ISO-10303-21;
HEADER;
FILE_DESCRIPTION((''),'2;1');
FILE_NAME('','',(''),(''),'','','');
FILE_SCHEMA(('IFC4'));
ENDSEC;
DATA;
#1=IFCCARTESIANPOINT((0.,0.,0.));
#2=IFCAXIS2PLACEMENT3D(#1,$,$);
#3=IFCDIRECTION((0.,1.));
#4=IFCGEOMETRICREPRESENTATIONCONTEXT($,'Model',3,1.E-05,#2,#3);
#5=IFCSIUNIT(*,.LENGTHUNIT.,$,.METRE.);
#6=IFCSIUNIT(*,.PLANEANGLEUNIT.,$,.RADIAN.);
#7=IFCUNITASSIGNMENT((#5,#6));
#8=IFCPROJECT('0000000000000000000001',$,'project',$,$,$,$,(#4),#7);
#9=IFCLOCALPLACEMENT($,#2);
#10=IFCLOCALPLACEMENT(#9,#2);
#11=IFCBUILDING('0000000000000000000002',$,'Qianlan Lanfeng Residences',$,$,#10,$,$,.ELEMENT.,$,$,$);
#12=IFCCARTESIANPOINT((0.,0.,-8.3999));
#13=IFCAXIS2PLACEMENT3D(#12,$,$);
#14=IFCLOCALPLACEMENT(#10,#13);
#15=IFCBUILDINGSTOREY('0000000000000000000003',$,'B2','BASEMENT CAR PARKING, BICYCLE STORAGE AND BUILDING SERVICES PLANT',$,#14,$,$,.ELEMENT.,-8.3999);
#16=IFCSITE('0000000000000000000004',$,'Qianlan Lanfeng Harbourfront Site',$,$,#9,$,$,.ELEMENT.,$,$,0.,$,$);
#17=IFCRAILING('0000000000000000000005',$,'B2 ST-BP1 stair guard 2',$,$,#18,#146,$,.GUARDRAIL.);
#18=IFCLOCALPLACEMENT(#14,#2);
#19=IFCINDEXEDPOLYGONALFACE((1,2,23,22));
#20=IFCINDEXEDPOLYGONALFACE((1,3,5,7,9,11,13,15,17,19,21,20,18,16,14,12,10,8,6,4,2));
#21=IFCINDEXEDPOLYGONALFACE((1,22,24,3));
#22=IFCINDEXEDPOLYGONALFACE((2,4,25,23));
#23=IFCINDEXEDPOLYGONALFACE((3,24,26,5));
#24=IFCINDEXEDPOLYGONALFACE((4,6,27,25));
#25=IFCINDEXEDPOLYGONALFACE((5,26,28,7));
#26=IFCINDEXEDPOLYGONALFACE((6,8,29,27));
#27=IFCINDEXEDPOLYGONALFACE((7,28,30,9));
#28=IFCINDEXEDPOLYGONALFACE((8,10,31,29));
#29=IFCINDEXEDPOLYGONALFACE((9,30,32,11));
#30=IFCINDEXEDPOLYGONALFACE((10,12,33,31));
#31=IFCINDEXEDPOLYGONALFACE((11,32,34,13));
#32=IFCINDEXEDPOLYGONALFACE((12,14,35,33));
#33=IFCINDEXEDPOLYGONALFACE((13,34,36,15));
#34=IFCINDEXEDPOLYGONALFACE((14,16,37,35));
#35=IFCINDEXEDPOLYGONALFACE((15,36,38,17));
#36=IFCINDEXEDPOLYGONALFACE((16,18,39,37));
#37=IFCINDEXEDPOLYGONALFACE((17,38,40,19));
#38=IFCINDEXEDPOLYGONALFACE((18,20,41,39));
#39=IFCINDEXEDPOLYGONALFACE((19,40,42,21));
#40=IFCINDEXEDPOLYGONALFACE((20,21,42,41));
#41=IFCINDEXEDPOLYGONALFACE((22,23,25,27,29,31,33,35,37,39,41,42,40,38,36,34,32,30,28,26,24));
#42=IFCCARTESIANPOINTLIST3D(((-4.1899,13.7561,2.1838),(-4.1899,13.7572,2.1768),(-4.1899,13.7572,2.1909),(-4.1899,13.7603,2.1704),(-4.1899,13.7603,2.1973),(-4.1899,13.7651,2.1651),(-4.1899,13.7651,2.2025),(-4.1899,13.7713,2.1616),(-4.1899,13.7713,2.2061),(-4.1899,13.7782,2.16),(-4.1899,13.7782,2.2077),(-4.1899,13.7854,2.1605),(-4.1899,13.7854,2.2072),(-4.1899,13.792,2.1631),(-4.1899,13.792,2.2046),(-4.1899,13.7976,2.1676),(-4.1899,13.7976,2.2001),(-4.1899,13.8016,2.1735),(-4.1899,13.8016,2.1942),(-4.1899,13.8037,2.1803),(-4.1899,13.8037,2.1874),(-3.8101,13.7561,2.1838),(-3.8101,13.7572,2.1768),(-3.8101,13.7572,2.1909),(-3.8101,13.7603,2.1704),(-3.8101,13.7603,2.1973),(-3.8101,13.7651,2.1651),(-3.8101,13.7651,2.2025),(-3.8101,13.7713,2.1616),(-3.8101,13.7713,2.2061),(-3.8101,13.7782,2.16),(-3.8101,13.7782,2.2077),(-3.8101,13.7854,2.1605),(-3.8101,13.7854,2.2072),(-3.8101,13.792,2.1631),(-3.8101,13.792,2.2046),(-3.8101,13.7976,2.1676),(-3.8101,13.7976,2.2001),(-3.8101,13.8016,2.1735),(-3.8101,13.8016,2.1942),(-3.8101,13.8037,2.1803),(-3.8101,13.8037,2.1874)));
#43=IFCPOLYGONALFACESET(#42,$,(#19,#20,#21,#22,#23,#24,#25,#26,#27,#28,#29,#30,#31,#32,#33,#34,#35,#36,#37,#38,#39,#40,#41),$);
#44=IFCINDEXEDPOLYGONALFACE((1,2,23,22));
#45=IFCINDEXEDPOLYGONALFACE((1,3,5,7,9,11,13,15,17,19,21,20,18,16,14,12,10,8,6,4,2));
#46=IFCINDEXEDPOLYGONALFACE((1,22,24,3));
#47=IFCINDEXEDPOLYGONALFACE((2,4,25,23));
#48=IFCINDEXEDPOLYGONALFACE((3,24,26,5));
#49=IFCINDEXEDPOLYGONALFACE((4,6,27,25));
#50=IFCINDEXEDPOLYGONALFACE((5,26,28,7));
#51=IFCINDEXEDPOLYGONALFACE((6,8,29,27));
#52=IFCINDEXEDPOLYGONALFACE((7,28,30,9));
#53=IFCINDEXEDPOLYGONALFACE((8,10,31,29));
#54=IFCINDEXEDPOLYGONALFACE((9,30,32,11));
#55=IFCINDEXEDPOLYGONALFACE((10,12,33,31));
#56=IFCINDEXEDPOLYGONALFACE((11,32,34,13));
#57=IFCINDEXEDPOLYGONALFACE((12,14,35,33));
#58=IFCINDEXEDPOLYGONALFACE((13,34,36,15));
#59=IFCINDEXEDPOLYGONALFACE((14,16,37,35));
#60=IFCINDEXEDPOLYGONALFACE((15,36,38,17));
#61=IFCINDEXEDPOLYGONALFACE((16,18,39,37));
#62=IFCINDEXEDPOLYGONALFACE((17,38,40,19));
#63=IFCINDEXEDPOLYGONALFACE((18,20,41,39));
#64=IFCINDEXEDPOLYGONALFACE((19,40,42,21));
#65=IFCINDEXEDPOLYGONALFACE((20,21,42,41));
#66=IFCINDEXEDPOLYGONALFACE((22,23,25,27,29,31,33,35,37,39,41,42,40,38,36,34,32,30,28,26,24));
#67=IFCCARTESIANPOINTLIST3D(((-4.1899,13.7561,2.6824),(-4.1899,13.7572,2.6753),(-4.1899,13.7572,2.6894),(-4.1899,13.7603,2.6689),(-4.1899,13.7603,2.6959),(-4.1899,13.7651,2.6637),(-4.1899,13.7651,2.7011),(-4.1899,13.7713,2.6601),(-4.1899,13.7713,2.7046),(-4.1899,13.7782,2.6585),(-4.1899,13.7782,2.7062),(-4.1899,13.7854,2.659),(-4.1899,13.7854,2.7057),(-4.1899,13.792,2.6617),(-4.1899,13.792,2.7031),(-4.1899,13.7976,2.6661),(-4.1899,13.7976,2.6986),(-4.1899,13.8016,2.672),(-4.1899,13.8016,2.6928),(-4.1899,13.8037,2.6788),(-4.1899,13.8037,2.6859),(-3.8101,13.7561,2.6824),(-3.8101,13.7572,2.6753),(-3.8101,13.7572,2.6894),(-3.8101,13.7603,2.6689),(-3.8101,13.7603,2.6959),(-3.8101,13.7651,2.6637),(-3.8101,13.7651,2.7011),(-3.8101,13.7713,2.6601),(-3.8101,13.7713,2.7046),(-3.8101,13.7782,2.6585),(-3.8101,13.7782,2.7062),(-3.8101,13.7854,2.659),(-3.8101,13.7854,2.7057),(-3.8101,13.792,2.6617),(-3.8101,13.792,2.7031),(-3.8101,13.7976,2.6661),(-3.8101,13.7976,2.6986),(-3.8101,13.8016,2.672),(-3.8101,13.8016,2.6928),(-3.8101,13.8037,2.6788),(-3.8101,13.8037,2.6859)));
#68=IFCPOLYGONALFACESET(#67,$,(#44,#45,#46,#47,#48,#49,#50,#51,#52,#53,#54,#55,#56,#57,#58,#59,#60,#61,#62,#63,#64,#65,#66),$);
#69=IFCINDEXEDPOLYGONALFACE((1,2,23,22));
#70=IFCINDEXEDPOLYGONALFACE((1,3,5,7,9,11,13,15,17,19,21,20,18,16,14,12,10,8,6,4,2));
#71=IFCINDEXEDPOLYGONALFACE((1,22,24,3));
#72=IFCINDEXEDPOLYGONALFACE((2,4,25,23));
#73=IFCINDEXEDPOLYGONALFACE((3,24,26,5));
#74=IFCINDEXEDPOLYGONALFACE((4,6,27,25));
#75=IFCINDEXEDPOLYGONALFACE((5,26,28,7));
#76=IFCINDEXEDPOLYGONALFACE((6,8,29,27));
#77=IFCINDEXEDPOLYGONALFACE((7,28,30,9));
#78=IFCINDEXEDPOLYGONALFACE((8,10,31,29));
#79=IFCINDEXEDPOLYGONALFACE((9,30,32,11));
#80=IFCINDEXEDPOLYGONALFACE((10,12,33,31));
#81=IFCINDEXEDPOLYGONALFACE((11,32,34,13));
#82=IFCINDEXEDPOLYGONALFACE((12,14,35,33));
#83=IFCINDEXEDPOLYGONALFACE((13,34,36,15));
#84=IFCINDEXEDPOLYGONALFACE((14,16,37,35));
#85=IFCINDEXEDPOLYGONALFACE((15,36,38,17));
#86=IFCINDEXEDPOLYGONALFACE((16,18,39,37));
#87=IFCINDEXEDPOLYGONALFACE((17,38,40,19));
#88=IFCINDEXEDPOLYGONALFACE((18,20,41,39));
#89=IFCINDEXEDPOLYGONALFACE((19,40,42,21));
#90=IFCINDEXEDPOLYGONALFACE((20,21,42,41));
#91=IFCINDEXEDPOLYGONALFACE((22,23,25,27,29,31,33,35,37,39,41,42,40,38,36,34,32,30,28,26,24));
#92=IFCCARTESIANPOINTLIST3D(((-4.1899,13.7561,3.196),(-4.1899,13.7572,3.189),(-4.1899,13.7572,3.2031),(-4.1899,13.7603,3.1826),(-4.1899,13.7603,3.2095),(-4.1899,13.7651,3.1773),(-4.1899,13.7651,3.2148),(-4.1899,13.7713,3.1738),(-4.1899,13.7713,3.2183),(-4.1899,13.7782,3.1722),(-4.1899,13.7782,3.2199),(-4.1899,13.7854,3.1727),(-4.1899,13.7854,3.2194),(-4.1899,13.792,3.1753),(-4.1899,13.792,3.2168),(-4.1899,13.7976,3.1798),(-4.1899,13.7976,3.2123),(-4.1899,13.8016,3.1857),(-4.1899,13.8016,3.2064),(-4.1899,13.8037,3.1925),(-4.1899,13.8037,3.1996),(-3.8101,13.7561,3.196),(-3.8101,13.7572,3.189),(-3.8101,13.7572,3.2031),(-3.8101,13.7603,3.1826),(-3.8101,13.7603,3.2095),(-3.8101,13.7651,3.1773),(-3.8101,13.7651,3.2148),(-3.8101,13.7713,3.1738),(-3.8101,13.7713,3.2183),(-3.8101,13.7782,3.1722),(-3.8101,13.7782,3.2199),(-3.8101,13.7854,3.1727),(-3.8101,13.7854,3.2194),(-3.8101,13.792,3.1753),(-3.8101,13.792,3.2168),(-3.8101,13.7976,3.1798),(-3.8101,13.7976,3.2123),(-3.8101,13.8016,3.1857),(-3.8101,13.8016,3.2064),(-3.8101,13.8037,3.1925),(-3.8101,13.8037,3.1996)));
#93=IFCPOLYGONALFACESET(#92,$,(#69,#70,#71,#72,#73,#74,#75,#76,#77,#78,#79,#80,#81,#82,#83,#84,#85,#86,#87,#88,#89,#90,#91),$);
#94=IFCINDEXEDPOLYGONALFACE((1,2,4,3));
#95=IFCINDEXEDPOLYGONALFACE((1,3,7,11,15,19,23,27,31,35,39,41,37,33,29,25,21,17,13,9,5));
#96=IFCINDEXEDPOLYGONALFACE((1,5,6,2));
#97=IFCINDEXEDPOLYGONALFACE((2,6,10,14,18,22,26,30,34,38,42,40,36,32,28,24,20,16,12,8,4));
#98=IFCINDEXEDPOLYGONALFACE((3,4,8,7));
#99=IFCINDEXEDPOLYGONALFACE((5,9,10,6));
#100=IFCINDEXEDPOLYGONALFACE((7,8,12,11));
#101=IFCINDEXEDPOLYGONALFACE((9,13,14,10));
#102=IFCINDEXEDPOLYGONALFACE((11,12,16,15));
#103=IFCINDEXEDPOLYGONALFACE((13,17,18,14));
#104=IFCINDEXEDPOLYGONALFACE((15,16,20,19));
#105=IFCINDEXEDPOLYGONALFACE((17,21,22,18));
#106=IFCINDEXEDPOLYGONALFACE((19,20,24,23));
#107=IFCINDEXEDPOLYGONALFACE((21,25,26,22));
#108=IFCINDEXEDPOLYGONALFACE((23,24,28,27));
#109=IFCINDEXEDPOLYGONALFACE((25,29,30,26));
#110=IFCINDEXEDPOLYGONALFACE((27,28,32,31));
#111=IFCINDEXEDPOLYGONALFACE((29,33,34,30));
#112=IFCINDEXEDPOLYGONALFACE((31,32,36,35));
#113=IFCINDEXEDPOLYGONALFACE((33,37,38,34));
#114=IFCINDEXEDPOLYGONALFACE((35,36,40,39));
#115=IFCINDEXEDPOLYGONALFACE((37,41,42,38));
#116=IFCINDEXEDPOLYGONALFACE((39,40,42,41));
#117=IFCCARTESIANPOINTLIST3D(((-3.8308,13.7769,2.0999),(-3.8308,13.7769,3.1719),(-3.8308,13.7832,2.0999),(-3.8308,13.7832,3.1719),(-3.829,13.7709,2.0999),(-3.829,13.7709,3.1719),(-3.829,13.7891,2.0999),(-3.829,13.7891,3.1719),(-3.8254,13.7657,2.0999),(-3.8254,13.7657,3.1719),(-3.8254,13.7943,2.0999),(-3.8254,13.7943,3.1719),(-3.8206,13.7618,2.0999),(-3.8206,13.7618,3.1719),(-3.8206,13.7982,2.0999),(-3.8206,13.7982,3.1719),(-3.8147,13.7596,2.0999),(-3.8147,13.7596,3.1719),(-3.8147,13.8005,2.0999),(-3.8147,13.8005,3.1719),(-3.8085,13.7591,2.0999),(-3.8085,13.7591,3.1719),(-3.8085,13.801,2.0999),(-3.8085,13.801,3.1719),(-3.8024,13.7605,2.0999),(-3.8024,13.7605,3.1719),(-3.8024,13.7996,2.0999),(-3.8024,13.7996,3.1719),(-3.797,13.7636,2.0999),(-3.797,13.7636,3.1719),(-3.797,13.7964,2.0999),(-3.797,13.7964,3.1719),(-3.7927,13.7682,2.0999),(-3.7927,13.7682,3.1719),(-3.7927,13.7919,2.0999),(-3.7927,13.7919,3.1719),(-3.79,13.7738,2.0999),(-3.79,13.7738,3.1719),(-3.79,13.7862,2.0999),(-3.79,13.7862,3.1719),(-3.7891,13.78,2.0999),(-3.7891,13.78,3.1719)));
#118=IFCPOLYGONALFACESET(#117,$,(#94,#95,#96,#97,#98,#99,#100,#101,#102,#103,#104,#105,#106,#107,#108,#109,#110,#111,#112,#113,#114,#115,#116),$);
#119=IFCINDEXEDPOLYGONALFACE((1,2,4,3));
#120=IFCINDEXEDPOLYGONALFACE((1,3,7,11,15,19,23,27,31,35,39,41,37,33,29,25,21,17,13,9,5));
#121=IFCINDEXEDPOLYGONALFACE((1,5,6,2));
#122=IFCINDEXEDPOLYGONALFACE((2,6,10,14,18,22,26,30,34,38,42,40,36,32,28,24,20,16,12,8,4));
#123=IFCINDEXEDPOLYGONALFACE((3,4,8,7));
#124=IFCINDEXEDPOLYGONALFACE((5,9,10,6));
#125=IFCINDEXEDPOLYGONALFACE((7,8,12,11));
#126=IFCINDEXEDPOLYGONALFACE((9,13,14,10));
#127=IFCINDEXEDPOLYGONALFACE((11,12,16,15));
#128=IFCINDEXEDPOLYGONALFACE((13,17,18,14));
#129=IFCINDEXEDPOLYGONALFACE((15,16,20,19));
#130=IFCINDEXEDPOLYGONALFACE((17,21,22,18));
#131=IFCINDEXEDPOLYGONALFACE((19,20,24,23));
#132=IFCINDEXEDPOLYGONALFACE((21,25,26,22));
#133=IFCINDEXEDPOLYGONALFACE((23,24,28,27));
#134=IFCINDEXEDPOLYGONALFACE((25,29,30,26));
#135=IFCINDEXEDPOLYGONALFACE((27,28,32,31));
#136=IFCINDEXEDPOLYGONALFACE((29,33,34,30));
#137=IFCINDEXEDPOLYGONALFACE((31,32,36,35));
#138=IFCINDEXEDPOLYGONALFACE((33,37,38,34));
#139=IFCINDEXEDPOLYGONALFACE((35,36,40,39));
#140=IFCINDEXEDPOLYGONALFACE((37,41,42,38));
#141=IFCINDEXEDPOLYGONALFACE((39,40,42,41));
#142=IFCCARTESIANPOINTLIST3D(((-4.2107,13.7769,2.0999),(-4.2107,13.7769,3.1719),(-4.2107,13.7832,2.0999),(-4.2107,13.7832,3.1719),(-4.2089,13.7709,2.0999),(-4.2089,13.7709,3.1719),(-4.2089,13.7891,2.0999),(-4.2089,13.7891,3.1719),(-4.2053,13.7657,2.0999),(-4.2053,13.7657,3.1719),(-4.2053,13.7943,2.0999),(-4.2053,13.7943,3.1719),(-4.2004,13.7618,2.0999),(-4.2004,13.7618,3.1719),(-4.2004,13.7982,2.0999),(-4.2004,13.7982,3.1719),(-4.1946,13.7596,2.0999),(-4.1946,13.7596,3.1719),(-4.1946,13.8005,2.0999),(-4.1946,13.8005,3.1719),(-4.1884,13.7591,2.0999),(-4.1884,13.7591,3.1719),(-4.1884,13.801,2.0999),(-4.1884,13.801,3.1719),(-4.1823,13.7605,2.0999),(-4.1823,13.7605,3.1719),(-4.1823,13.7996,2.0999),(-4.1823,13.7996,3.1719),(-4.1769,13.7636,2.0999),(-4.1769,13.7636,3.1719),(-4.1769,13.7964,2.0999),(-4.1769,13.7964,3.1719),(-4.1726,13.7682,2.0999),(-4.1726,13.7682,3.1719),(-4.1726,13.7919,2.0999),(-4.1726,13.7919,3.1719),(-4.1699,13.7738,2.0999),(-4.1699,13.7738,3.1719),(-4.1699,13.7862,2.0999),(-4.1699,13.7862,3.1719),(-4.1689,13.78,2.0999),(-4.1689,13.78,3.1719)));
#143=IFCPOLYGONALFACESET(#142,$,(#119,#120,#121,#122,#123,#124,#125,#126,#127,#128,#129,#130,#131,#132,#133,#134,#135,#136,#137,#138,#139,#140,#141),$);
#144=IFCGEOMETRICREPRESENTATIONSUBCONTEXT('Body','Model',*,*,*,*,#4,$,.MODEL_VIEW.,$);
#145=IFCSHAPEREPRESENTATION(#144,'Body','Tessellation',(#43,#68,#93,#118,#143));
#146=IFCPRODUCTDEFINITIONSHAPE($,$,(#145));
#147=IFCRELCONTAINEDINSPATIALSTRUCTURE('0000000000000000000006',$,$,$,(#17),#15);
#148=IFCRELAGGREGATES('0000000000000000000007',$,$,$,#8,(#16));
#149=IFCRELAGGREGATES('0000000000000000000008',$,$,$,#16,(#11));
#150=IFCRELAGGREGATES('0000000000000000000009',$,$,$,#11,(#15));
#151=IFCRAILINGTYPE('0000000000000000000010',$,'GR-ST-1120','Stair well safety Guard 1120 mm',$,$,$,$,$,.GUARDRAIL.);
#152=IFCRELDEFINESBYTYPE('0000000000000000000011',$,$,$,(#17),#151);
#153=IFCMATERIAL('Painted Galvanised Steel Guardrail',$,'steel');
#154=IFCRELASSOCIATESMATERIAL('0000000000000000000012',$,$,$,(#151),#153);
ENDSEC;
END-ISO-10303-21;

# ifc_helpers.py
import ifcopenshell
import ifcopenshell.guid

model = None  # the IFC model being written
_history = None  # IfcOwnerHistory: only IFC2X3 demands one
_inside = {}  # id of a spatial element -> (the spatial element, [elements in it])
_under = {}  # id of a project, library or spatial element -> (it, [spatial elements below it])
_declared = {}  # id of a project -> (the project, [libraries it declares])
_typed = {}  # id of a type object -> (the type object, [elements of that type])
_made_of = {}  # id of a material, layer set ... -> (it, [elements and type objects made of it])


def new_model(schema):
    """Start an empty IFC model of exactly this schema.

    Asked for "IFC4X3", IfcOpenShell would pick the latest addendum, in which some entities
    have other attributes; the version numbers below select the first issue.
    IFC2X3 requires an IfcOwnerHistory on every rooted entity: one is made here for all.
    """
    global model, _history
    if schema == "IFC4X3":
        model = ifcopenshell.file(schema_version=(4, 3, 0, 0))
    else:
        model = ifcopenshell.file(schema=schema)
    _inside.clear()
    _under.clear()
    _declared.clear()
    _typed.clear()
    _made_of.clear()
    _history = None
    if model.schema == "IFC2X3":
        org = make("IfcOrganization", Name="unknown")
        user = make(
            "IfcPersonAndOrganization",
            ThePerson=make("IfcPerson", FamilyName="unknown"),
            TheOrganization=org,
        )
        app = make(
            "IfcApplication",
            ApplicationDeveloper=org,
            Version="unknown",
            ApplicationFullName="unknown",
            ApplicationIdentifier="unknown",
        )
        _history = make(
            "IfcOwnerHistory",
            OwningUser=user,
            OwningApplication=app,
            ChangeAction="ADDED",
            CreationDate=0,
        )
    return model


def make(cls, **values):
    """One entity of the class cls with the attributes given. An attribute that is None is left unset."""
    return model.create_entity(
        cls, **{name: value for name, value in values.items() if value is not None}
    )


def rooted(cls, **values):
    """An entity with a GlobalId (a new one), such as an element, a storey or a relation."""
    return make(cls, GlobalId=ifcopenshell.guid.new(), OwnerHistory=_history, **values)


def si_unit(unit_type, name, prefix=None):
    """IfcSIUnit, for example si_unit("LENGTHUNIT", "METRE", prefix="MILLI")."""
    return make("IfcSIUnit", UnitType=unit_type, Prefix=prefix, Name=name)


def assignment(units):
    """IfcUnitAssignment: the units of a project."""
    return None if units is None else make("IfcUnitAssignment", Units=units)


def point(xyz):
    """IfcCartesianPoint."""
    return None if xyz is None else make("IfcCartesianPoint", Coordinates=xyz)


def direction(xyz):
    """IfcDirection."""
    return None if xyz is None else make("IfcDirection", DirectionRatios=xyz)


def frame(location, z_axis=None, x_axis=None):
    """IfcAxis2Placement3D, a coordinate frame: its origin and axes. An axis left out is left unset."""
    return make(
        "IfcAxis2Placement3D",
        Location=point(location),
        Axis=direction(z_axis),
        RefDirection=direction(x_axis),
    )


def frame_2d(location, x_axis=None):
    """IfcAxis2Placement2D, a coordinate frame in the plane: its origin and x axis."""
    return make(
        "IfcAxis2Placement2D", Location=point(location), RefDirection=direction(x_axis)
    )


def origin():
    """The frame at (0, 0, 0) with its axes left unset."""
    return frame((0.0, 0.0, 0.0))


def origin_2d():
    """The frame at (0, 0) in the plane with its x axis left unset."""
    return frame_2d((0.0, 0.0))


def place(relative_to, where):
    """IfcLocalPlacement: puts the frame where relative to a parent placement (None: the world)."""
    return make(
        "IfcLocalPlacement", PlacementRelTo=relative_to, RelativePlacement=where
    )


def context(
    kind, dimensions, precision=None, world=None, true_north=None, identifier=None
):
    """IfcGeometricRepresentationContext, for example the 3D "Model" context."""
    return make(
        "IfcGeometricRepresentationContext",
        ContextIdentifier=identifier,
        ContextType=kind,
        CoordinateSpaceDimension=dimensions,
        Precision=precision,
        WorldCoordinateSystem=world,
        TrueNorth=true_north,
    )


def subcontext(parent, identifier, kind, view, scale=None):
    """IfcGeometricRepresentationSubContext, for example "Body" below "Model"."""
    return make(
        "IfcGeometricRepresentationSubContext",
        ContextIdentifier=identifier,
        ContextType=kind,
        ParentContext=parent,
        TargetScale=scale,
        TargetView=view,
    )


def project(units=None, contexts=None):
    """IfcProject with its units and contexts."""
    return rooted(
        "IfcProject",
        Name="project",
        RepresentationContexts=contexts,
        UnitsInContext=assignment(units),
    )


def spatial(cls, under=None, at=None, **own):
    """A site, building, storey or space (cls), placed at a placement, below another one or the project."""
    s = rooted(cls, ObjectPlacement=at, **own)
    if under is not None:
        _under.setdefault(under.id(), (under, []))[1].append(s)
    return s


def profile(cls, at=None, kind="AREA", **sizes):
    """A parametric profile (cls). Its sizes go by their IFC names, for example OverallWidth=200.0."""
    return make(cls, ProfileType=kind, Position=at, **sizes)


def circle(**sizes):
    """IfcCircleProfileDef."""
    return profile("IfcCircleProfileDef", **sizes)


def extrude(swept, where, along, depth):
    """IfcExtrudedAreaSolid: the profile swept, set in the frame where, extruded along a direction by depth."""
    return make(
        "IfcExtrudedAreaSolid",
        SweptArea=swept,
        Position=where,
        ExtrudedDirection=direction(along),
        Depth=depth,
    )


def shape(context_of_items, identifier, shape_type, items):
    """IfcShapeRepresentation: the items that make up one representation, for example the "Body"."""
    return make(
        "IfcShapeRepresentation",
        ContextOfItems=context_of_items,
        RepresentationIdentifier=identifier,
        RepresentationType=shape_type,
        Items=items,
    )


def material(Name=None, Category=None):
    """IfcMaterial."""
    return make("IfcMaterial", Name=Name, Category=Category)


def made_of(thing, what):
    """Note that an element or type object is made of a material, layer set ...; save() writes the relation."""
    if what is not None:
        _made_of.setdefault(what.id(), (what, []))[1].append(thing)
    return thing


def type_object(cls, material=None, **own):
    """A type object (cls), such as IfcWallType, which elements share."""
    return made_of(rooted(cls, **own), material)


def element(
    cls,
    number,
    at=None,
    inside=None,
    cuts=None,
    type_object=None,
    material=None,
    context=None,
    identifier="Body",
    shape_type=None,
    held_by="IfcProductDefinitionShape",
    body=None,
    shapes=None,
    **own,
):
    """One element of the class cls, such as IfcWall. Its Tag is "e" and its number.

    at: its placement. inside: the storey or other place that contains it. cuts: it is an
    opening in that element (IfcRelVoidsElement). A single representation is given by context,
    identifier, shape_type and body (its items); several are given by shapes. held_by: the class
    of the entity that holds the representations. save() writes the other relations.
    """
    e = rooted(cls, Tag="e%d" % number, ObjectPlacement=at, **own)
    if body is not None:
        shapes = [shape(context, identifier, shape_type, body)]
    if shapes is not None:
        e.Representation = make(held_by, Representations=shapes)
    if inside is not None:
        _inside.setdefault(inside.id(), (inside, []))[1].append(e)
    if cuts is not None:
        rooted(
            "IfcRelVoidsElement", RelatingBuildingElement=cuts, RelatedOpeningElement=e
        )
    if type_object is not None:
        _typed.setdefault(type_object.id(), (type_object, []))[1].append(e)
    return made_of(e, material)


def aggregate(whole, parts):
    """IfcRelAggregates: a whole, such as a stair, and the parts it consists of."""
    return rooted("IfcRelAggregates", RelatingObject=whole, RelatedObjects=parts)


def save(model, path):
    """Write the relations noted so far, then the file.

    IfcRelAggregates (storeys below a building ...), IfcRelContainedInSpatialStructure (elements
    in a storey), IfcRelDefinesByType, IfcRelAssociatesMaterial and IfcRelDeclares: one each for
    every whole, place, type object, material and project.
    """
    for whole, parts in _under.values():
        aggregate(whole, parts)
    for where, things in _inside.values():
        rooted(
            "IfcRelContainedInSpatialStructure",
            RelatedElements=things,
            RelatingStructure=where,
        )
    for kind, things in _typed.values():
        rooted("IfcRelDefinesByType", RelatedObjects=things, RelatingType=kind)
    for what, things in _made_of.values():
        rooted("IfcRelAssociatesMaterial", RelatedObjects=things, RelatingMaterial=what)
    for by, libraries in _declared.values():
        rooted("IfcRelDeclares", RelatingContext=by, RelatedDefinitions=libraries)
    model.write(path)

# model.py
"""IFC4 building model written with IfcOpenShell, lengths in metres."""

from ifc_helpers import new_model, si_unit, direction, frame, origin, origin_2d, place, context, subcontext, project, spatial, circle, extrude, material, type_object, element, save


model = new_model("IFC4")

# Units and contexts
model_context = context("Model", 3, precision=1e-05, world=origin(), true_north=direction((0.0, 1.0)))
body_context = subcontext(model_context, "Body", "Model", "MODEL_VIEW")
ifc_project = project(units=[si_unit("LENGTHUNIT", "METRE"), si_unit("PLANEANGLEUNIT", "RADIAN")], contexts=[model_context])

# Site, building, storey
site_placement = place(None, origin())
site = spatial("IfcSite", under=ifc_project, at=site_placement, Name="Qianlan Lanfeng Harbourfront Site", CompositionType="ELEMENT", RefElevation=0.0)
building_placement = place(site_placement, origin())
building = spatial("IfcBuilding", under=site, at=building_placement, Name="Qianlan Lanfeng Residences", CompositionType="ELEMENT")
storey_placement = place(building_placement, frame((0.0, 0.0, -8.3999)))
storey = spatial("IfcBuildingStorey", under=building, at=storey_placement, Name="B2", Description="BASEMENT CAR PARKING, BICYCLE STORAGE AND BUILDING SERVICES PLANT", CompositionType="ELEMENT", Elevation=-8.3999)

# Railing
ifc_material_1 = material(Name="Painted Galvanised Steel Guardrail", Category="steel")
railing_type_1 = type_object("IfcRailingType", Name="GR-ST-1120", Description="Stair well safety Guard 1120 mm", PredefinedType="GUARDRAIL", material=ifc_material_1)
railing_1_placement = place(storey_placement, frame((-3.8101, 13.78, 2.0999)))
element("IfcRailing", 1, at=railing_1_placement, inside=storey, type_object=railing_type_1, Name="B2 ST-BP1 stair guard 2", PredefinedType="GUARDRAIL", context=body_context, shape_type="SweptSolid", body=[
    extrude(circle(Radius=0.0239, at=origin_2d()), frame((0.0, 0.0, 0.084), z_axis=(-1.0, 0.0, 0.0), x_axis=(0.0, -1.0, 0.0)), (0.0, 0.0, 1.0), 0.3799),
    extrude(circle(Radius=0.0239, at=origin_2d()), frame((0.0, 0.0, 0.5825), z_axis=(-1.0, 0.0, 0.0), x_axis=(0.0, -1.0, 0.0)), (0.0, 0.0, 1.0), 0.3799),
    extrude(circle(Radius=0.0239, at=origin_2d()), frame((0.0, 0.0, 1.0962), z_axis=(-1.0, 0.0, 0.0), x_axis=(0.0, -1.0, 0.0)), (0.0, 0.0, 1.0), 0.3799),
    extrude(circle(Radius=0.021, at=origin_2d()), origin(), (0.0, 0.0, 1.0), 1.072),
    extrude(circle(Radius=0.021, at=origin_2d()), frame((-0.3799, 0.0, 0.0)), (0.0, 0.0, 1.0), 1.072),
])

save(model, "model.ifc")
